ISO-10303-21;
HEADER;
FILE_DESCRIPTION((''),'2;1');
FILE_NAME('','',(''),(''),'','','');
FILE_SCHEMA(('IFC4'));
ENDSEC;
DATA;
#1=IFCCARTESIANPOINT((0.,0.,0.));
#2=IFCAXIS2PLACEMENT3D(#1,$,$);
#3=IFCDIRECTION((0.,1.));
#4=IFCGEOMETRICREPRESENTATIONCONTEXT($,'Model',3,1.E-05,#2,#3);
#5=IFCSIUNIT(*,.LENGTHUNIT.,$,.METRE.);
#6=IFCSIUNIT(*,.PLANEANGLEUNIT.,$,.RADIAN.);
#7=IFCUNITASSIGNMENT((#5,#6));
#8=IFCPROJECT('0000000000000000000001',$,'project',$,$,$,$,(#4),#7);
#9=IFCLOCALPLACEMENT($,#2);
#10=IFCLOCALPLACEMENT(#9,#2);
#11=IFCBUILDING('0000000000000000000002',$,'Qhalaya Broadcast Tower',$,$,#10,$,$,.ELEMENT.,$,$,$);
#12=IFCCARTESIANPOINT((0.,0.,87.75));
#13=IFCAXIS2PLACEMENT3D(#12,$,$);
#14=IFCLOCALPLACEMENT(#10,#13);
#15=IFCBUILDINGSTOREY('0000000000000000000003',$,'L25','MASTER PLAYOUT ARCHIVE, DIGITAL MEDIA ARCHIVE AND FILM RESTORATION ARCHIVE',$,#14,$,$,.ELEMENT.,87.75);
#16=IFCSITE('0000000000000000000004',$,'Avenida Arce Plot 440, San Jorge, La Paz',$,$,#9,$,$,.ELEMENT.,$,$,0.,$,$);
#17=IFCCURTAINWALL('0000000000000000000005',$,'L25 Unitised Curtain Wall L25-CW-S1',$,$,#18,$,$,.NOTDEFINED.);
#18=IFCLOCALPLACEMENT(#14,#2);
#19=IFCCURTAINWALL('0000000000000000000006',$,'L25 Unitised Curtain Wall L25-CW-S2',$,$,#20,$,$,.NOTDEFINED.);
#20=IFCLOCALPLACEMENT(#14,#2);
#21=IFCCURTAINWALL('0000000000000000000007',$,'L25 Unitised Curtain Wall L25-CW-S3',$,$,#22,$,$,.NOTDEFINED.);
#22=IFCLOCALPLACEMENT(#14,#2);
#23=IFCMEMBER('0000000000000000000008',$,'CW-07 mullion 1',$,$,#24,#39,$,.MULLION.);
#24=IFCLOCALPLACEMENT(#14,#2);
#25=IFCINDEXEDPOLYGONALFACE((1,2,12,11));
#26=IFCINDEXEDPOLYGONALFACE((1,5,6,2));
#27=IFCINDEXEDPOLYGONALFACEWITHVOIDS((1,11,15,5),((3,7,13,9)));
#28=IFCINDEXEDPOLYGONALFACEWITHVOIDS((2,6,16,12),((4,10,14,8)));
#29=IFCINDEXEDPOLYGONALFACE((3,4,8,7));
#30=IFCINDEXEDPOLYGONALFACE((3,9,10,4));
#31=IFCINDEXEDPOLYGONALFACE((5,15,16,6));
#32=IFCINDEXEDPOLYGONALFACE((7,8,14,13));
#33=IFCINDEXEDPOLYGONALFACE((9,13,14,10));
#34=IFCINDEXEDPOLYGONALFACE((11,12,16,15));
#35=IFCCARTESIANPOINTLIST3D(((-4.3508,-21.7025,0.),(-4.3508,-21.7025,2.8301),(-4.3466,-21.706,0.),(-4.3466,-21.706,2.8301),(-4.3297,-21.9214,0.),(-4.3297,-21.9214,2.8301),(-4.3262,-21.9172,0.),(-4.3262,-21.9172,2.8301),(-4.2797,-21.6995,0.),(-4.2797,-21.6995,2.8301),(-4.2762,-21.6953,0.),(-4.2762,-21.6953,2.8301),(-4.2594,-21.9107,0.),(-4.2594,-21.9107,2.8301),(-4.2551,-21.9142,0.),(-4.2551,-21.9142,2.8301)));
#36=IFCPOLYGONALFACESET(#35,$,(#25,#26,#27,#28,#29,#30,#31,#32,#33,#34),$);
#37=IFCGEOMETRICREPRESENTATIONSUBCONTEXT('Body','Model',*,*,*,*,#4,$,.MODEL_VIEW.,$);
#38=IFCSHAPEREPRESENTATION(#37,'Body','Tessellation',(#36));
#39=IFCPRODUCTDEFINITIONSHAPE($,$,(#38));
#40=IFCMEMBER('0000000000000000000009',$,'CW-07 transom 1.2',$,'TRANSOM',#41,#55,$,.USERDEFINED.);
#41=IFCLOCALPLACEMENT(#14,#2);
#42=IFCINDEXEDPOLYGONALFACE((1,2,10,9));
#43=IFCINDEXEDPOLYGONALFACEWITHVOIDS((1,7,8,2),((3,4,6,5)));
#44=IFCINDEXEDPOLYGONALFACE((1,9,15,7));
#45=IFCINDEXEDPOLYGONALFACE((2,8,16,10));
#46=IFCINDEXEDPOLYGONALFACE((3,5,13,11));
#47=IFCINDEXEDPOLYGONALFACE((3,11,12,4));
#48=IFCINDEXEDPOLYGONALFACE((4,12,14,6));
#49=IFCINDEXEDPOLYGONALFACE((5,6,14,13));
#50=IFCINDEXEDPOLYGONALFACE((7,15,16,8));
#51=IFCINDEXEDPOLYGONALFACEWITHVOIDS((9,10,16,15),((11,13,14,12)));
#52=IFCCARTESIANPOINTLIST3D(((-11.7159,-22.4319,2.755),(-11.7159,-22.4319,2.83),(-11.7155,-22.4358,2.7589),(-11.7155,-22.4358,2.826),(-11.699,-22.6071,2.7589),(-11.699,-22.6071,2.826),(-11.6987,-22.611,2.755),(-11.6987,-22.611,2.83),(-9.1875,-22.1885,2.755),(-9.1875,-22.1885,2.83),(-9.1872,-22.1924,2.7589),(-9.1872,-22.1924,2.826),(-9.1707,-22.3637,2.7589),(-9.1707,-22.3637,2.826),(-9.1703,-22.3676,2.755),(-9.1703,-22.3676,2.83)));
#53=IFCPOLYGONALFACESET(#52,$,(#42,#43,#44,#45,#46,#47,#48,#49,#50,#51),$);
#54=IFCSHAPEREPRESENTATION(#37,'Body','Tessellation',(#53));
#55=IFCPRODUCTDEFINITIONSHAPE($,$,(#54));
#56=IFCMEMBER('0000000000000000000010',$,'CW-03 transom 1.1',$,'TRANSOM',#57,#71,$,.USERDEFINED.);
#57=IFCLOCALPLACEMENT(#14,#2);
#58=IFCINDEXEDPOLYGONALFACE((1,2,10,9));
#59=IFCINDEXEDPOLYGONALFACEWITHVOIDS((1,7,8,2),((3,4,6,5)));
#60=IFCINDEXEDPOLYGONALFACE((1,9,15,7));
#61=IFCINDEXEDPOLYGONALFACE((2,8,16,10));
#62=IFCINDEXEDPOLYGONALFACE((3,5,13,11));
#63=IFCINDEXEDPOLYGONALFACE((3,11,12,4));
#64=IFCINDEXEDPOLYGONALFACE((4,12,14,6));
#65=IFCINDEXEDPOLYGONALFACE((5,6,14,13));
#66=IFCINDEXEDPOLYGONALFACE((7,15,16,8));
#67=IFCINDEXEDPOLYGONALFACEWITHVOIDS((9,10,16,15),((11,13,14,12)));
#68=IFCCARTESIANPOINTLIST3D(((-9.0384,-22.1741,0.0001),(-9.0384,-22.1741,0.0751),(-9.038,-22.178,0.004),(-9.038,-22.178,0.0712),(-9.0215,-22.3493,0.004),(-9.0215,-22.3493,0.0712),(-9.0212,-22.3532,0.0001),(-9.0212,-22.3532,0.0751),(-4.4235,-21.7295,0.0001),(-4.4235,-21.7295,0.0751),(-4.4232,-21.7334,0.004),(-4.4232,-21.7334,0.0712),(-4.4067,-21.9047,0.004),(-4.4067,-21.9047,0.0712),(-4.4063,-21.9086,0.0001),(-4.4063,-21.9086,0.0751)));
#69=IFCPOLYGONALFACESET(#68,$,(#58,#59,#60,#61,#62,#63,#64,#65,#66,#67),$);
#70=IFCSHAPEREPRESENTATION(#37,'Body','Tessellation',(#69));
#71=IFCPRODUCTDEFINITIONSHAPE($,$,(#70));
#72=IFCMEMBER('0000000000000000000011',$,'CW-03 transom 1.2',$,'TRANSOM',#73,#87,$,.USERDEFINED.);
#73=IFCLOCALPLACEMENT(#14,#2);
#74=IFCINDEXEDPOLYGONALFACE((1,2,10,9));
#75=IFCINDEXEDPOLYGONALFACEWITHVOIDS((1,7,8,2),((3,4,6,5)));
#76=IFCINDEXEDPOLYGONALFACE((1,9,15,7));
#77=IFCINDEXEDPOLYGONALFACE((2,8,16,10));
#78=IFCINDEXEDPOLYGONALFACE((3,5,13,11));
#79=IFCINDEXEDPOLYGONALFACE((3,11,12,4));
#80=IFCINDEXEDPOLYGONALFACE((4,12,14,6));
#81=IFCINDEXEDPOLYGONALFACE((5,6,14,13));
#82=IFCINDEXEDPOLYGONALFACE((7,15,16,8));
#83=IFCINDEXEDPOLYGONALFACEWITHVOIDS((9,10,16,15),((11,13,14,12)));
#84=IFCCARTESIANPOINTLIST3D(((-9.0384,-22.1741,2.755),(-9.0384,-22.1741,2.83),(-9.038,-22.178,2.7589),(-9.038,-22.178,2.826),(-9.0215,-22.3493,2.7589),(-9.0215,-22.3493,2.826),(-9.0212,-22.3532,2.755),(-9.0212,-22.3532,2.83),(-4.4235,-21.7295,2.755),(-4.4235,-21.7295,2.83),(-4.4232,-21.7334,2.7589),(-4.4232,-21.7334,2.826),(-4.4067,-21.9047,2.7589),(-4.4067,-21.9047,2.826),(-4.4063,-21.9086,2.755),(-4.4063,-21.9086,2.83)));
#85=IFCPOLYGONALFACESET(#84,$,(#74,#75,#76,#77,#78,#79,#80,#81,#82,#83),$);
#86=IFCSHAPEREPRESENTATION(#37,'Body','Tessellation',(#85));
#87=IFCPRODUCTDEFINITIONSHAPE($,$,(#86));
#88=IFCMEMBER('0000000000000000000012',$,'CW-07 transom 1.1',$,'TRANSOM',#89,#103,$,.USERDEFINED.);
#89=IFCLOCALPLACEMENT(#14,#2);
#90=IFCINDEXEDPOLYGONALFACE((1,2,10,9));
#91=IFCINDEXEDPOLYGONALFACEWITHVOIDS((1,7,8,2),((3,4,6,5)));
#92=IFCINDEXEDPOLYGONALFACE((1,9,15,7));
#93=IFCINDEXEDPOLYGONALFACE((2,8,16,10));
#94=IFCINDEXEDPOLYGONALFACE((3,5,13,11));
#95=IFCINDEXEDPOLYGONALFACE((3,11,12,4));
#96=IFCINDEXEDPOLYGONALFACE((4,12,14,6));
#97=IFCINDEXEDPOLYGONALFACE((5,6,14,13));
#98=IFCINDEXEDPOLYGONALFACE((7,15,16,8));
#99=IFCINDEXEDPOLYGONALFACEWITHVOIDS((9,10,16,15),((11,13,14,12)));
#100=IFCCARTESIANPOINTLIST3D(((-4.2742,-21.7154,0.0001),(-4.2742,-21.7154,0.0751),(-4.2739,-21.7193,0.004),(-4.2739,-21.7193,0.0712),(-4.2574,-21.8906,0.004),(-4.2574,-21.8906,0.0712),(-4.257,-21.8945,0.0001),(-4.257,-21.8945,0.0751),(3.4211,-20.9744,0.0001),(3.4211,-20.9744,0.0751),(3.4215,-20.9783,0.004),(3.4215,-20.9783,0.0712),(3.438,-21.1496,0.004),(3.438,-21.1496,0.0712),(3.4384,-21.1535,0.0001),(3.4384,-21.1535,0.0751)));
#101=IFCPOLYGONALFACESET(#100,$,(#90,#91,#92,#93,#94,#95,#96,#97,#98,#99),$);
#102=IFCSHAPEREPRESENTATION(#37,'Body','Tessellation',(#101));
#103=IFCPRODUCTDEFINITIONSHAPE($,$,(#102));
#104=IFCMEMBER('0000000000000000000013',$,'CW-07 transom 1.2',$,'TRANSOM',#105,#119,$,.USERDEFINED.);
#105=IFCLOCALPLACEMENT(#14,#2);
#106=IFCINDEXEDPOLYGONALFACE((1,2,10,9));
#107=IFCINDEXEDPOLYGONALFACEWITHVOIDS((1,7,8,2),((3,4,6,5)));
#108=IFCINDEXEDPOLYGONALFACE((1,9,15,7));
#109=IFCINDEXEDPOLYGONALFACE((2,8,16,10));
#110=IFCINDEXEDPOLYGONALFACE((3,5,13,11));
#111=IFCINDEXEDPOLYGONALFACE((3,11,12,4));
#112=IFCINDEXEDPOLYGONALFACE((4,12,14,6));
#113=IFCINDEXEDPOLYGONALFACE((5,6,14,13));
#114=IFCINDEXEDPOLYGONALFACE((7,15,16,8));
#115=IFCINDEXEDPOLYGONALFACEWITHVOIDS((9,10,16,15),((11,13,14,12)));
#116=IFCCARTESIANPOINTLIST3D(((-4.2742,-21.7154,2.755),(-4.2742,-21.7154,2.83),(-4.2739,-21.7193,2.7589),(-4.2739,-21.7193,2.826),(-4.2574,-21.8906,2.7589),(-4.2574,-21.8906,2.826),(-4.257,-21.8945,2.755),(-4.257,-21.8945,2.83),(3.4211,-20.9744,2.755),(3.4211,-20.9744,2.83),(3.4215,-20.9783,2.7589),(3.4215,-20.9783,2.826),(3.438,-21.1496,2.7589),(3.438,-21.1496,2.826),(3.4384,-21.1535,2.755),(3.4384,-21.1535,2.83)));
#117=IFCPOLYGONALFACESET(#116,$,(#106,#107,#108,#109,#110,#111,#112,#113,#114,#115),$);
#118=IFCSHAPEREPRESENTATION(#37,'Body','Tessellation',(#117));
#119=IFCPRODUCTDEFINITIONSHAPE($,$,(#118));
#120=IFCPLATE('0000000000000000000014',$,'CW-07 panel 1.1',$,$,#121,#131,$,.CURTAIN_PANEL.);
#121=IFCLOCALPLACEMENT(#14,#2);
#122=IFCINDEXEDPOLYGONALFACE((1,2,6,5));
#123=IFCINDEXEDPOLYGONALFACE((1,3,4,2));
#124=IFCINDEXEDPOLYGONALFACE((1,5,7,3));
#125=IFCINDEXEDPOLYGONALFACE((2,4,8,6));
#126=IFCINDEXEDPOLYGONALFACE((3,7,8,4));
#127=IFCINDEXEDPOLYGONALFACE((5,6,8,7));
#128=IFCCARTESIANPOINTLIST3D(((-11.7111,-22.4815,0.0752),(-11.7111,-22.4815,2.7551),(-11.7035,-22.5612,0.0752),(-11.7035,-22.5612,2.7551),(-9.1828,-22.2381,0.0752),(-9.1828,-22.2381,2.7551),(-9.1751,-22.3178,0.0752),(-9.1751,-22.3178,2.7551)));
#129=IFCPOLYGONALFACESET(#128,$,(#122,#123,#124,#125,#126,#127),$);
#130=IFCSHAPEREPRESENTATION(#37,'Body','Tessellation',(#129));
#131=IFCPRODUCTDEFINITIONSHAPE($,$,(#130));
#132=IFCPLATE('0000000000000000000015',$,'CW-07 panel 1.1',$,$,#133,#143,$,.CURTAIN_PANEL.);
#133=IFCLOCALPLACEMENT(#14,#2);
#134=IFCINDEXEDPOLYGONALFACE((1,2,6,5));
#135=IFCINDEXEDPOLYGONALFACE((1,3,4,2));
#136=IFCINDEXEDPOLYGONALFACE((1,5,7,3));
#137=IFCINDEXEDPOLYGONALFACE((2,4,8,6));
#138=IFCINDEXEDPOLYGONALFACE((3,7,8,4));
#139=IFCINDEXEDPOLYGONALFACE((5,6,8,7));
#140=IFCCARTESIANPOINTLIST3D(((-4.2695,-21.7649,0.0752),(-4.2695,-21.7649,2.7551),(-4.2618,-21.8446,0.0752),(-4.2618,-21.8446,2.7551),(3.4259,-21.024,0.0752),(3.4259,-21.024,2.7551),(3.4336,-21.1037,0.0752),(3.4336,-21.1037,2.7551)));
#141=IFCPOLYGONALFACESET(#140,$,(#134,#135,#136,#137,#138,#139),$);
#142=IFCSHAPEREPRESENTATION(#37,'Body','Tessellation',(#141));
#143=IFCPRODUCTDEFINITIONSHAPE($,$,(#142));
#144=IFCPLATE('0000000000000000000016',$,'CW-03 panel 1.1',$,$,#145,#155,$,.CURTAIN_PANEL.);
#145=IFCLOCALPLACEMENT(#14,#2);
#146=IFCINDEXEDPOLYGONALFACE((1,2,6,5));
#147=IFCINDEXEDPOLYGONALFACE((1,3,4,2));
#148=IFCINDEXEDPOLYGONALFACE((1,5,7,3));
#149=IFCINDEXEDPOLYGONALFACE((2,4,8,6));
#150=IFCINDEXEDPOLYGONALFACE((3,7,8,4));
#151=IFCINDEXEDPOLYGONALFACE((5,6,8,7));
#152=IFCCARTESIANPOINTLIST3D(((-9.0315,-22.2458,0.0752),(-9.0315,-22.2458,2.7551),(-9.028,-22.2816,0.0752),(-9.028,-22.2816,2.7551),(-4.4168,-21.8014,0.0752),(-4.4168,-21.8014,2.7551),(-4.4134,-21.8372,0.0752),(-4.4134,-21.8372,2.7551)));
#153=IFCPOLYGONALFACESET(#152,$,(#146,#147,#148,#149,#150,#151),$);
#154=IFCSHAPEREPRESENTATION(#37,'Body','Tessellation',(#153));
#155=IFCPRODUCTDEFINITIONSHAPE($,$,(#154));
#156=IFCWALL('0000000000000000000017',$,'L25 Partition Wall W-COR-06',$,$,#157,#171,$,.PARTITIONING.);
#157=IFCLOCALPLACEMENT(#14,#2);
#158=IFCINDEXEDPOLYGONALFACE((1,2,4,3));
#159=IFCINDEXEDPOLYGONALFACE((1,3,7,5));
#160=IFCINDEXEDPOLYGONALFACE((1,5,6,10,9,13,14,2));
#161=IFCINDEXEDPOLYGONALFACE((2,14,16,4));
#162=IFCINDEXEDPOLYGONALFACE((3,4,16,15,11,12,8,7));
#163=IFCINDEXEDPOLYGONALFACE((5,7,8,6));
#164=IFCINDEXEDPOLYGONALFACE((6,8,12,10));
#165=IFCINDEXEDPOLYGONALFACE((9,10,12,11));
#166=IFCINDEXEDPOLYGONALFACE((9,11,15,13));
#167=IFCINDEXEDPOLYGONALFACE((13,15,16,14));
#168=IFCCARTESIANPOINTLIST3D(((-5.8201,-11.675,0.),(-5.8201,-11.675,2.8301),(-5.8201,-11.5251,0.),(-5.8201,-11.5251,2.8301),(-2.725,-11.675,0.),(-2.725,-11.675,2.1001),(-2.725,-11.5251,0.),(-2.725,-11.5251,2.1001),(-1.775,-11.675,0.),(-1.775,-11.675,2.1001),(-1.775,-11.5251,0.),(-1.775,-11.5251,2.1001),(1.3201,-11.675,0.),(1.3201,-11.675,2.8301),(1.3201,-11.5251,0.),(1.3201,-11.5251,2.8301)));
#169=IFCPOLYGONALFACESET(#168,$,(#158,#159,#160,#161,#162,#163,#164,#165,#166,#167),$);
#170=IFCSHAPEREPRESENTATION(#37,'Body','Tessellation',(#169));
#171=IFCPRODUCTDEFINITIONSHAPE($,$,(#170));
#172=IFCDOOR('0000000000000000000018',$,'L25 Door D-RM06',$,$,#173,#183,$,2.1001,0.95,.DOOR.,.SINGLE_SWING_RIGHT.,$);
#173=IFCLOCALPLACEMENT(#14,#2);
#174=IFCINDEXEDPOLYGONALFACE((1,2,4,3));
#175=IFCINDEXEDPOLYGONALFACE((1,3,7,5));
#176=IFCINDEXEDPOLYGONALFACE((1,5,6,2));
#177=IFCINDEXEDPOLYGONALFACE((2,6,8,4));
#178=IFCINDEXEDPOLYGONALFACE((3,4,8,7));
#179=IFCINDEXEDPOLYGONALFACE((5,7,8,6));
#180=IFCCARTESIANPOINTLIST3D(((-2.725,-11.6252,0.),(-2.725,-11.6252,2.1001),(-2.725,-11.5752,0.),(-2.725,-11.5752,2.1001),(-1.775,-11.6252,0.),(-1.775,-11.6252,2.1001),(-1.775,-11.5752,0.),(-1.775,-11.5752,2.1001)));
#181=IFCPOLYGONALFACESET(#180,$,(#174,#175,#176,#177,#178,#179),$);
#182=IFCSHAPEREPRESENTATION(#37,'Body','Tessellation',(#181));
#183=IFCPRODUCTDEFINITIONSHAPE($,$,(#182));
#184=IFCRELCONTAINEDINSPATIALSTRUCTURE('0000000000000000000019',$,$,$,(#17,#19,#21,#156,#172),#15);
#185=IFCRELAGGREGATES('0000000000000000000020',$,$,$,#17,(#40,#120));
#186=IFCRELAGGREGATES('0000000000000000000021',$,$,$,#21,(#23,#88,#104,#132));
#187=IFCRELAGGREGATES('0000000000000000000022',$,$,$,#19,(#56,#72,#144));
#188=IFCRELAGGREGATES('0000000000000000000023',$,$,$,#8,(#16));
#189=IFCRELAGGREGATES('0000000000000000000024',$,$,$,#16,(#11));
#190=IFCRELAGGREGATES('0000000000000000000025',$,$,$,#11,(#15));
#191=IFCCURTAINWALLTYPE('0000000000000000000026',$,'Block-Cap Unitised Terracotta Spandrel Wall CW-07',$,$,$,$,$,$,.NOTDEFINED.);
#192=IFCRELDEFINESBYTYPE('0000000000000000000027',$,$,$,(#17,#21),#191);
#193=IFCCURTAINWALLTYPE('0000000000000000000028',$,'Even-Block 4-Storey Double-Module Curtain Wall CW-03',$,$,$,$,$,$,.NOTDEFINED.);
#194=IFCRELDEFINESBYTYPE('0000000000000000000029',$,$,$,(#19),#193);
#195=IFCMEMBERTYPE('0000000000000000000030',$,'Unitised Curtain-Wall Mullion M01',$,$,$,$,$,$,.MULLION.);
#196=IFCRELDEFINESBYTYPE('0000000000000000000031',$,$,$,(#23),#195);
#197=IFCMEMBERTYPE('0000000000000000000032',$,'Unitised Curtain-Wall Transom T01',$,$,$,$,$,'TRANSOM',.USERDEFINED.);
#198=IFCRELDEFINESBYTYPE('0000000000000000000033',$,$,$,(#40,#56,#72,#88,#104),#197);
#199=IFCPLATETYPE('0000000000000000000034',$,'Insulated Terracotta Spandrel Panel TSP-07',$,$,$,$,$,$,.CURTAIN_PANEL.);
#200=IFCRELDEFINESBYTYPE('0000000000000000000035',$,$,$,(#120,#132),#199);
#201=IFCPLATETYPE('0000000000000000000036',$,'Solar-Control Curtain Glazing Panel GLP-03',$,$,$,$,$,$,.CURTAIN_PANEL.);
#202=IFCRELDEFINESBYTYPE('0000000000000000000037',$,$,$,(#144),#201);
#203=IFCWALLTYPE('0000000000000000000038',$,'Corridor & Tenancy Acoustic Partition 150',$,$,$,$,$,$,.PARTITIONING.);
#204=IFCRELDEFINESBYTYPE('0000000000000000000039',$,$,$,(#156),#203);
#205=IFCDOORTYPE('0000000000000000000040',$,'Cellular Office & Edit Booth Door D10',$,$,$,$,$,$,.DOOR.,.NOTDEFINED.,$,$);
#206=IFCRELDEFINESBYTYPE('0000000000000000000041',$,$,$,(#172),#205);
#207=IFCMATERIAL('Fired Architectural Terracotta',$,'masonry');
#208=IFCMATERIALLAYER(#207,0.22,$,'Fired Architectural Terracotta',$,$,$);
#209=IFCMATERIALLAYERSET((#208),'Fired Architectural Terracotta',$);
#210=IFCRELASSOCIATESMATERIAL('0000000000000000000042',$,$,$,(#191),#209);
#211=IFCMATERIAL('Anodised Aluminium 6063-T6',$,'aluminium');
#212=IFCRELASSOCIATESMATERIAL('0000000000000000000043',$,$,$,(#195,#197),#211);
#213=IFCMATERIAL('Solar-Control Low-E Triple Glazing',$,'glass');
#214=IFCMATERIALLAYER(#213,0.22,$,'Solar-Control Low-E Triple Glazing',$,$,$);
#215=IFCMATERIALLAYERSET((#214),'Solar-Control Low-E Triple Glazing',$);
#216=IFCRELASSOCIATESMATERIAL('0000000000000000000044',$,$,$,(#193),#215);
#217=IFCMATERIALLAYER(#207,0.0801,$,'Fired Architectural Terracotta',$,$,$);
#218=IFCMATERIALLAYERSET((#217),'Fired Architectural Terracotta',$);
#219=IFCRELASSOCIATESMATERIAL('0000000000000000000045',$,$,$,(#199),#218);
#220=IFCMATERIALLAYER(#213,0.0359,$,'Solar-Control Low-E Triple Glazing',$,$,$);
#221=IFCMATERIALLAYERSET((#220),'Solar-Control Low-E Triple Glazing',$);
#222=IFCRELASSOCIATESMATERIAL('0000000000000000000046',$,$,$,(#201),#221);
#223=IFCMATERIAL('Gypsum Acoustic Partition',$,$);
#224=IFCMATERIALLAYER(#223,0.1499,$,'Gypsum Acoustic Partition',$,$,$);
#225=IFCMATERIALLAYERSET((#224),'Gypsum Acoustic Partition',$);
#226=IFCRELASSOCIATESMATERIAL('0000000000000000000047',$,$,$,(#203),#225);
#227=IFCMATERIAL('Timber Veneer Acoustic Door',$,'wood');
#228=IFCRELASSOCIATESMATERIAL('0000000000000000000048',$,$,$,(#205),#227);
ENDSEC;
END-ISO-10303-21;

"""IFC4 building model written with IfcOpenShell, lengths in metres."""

from ifc_helpers import new_model, si_unit, direction, frame, frame_2d, origin, origin_2d, place, context, subcontext, project, spatial, rectangle, hollow_rectangle, extrude, material, layer, layer_set, material_profile, profile_set, type_object, element, fill, aggregate, save


model = new_model("IFC4")

# Units and contexts
model_context = context("Model", 3, precision=1e-05, world=origin(), true_north=direction((0.0, 1.0)))
body_context = subcontext(model_context, "Body", "Model", "MODEL_VIEW")
ifc_project = project(units=[si_unit("LENGTHUNIT", "METRE"), si_unit("PLANEANGLEUNIT", "RADIAN")], contexts=[model_context])

# Site, building, storey
site_placement = place(None, origin())
site = spatial("IfcSite", under=ifc_project, at=site_placement, Name="Avenida Arce Plot 440, San Jorge, La Paz", CompositionType="ELEMENT", RefElevation=0.0)
building_placement = place(site_placement, origin())
building = spatial("IfcBuilding", under=site, at=building_placement, Name="Qhalaya Broadcast Tower", CompositionType="ELEMENT")
storey_placement = place(building_placement, frame((0.0, 0.0, 87.75)))
storey = spatial("IfcBuildingStorey", under=building, at=storey_placement, Name="L25", Description="MASTER PLAYOUT ARCHIVE, DIGITAL MEDIA ARCHIVE AND FILM RESTORATION ARCHIVE", CompositionType="ELEMENT", Elevation=87.75)

# Curtain wall
ifc_material_1 = material(Name="Fired Architectural Terracotta", Category="masonry")
ifc_layer_1 = layer(ifc_material_1, 0.22, Name="Fired Architectural Terracotta")
ifc_layer_set_1 = layer_set([ifc_layer_1], Name="Fired Architectural Terracotta")
curtain_wall_type_1 = type_object("IfcCurtainWallType", Name="Block-Cap Unitised Terracotta Spandrel Wall CW-07", PredefinedType="NOTDEFINED", material=ifc_layer_set_1)
curtain_wall_1_placement = place(storey_placement, origin())
curtain_wall_1 = element("IfcCurtainWall", 1, at=curtain_wall_1_placement, inside=storey, type_object=curtain_wall_type_1, Name="L25 Unitised Curtain Wall L25-CW-S1", PredefinedType="NOTDEFINED")
ifc_material_2 = material(Name="Anodised Aluminium 6063-T6", Category="aluminium")
ifc_material_profile_1 = material_profile(ifc_material_2, hollow_rectangle(XDim=0.075, YDim=0.22, WallThickness=0.0039, at=origin_2d()), Name="ALU-MUL 75x220x4")
ifc_profile_set_1 = profile_set([ifc_material_profile_1], Name="Anodised Aluminium 6063-T6")
member_type_1 = type_object("IfcMemberType", Name="Unitised Curtain-Wall Mullion M01", PredefinedType="MULLION", material=ifc_profile_set_1)

# Curtain wall
ifc_material_3 = material(Name="Solar-Control Low-E Triple Glazing", Category="glass")
ifc_layer_2 = layer(ifc_material_3, 0.22, Name="Solar-Control Low-E Triple Glazing")
ifc_layer_set_2 = layer_set([ifc_layer_2], Name="Solar-Control Low-E Triple Glazing")
curtain_wall_type_2 = type_object("IfcCurtainWallType", Name="Even-Block 4-Storey Double-Module Curtain Wall CW-03", PredefinedType="NOTDEFINED", material=ifc_layer_set_2)
curtain_wall_2_placement = place(storey_placement, origin())
curtain_wall_2 = element("IfcCurtainWall", 2, at=curtain_wall_2_placement, inside=storey, type_object=curtain_wall_type_2, Name="L25 Unitised Curtain Wall L25-CW-S2", PredefinedType="NOTDEFINED")

# Curtain wall, member
curtain_wall_3_placement = place(storey_placement, origin())
curtain_wall_3 = element("IfcCurtainWall", 3, at=curtain_wall_3_placement, inside=storey, type_object=curtain_wall_type_1, Name="L25 Unitised Curtain Wall L25-CW-S3", PredefinedType="NOTDEFINED")
member_1_placement = place(storey_placement, frame((-4.303, -21.8083, 0.0), z_axis=(0.0, 0.0, 1.0), x_axis=(0.995397, 0.095838, 0.0)))
member_1 = element("IfcMember", 4, at=member_1_placement, type_object=member_type_1, Name="CW-07 mullion 1", PredefinedType="MULLION", context=body_context, shape_type="SweptSolid", body=[
    extrude(hollow_rectangle(XDim=0.075, YDim=0.22, WallThickness=0.0039, at=origin_2d()), origin(), (0.0, 0.0, 1.0), 2.8301),
])

# Members
ifc_material_profile_2 = material_profile(ifc_material_2, hollow_rectangle(XDim=0.075, YDim=0.1799, WallThickness=0.0039, at=origin_2d()), Name="ALU-TRN 75x180x4")
ifc_profile_set_2 = profile_set([ifc_material_profile_2], Name="Anodised Aluminium 6063-T6")
member_type_2 = type_object("IfcMemberType", Name="Unitised Curtain-Wall Transom T01", ElementType="TRANSOM", PredefinedType="USERDEFINED", material=ifc_profile_set_2)
member_2_placement = place(storey_placement, frame((-11.7073, -22.5215, 2.7925), z_axis=(0.995398, 0.09583, 0.0), x_axis=(0.0, 0.0, 1.0)))
member_2 = element("IfcMember", 5, at=member_2_placement, type_object=member_type_2, Name="CW-07 transom 1.2", ObjectType="TRANSOM", PredefinedType="USERDEFINED", context=body_context, shape_type="SweptSolid", body=[
    extrude(hollow_rectangle(XDim=0.075, YDim=0.1799, WallThickness=0.0039, at=origin_2d()), origin(), (0.0, 0.0, 1.0), 2.54),
])
member_3_placement = place(storey_placement, frame((-9.0298, -22.2637, 0.0376), z_axis=(0.995391, 0.095895, 0.0), x_axis=(0.0, 0.0, 1.0)))
member_3 = element("IfcMember", 6, at=member_3_placement, type_object=member_type_2, Name="CW-03 transom 1.1", ObjectType="TRANSOM", PredefinedType="USERDEFINED", context=body_context, shape_type="SweptSolid", body=[
    extrude(hollow_rectangle(XDim=0.075, YDim=0.1799, WallThickness=0.0039, at=origin_2d()), origin(), (0.0, 0.0, 1.0), 4.6362),
])
member_4_placement = place(storey_placement, frame((-9.0298, -22.2637, 2.7925), z_axis=(0.995391, 0.095895, 0.0), x_axis=(0.0, 0.0, 1.0)))
member_4 = element("IfcMember", 7, at=member_4_placement, type_object=member_type_2, Name="CW-03 transom 1.2", ObjectType="TRANSOM", PredefinedType="USERDEFINED", context=body_context, shape_type="SweptSolid", body=[
    extrude(hollow_rectangle(XDim=0.075, YDim=0.1799, WallThickness=0.0039, at=origin_2d()), origin(), (0.0, 0.0, 1.0), 4.6362),
])
member_5_placement = place(storey_placement, frame((-4.2656, -21.8049, 0.0376), z_axis=(0.995396, 0.095845, 0.0), x_axis=(0.0, 0.0, 1.0)))
member_5 = element("IfcMember", 8, at=member_5_placement, type_object=member_type_2, Name="CW-07 transom 1.1", ObjectType="TRANSOM", PredefinedType="USERDEFINED", context=body_context, shape_type="SweptSolid", body=[
    extrude(hollow_rectangle(XDim=0.075, YDim=0.1799, WallThickness=0.0039, at=origin_2d()), origin(), (0.0, 0.0, 1.0), 7.731),
])
member_6_placement = place(storey_placement, frame((-4.2656, -21.8049, 2.7925), z_axis=(0.995396, 0.095845, 0.0), x_axis=(0.0, 0.0, 1.0)))
member_6 = element("IfcMember", 9, at=member_6_placement, type_object=member_type_2, Name="CW-07 transom 1.2", ObjectType="TRANSOM", PredefinedType="USERDEFINED", context=body_context, shape_type="SweptSolid", body=[
    extrude(hollow_rectangle(XDim=0.075, YDim=0.1799, WallThickness=0.0039, at=origin_2d()), origin(), (0.0, 0.0, 1.0), 7.731),
])

# Plates
ifc_layer_3 = layer(ifc_material_1, 0.0801, Name="Fired Architectural Terracotta")
ifc_layer_set_3 = layer_set([ifc_layer_3], Name="Fired Architectural Terracotta")
plate_type_1 = type_object("IfcPlateType", Name="Insulated Terracotta Spandrel Panel TSP-07", PredefinedType="CURTAIN_PANEL", material=ifc_layer_set_3)
plate_1_placement = place(storey_placement, frame((-10.4431, -22.3997, 0.0752), z_axis=(0.0, 0.0, 1.0), x_axis=(0.995397, 0.095837, 0.0)))
plate_1 = element("IfcPlate", 10, at=plate_1_placement, type_object=plate_type_1, Name="CW-07 panel 1.1", PredefinedType="CURTAIN_PANEL", context=body_context, shape_type="SweptSolid", body=[
    extrude(rectangle(XDim=2.54, YDim=0.0801, at=origin_2d()), origin(), (0.0, 0.0, 1.0), 2.6799),
])
aggregate(curtain_wall_1, [member_2, plate_1])
plate_2_placement = place(storey_placement, frame((-0.418, -21.4343, 0.0752), z_axis=(0.0, 0.0, 1.0), x_axis=(0.995397, 0.095838, 0.0)))
plate_2 = element("IfcPlate", 11, at=plate_2_placement, type_object=plate_type_1, Name="CW-07 panel 1.1", PredefinedType="CURTAIN_PANEL", context=body_context, shape_type="SweptSolid", body=[
    extrude(rectangle(XDim=7.731, YDim=0.0801, at=origin_2d()), origin(), (0.0, 0.0, 1.0), 2.6799),
])
aggregate(curtain_wall_3, [member_1, member_5, member_6, plate_2])
ifc_layer_4 = layer(ifc_material_3, 0.0359, Name="Solar-Control Low-E Triple Glazing")
ifc_layer_set_4 = layer_set([ifc_layer_4], Name="Solar-Control Low-E Triple Glazing")
plate_type_2 = type_object("IfcPlateType", Name="Solar-Control Curtain Glazing Panel GLP-03", PredefinedType="CURTAIN_PANEL", material=ifc_layer_set_4)
plate_3_placement = place(storey_placement, frame((-6.7224, -22.0415, 0.0752), z_axis=(0.0, 0.0, 1.0), x_axis=(0.995395, 0.095862, 0.0)))
plate_3 = element("IfcPlate", 12, at=plate_3_placement, type_object=plate_type_2, Name="CW-03 panel 1.1", PredefinedType="CURTAIN_PANEL", context=body_context, shape_type="SweptSolid", body=[
    extrude(rectangle(XDim=4.636, YDim=0.0359, at=origin_2d()), origin(), (0.0, 0.0, 1.0), 2.6799),
])
aggregate(curtain_wall_2, [member_3, member_4, plate_3])

# Wall, opening, door
ifc_material_4 = material(Name="Gypsum Acoustic Partition")
ifc_layer_5 = layer(ifc_material_4, 0.1499, Name="Gypsum Acoustic Partition")
ifc_layer_set_5 = layer_set([ifc_layer_5], Name="Gypsum Acoustic Partition")
wall_type_1 = type_object("IfcWallType", Name="Corridor & Tenancy Acoustic Partition 150", PredefinedType="PARTITIONING", material=ifc_layer_set_5)
wall_1_placement = place(storey_placement, frame((-5.8201, -11.6001, 0.0), z_axis=(0.0, 0.0, 1.0), x_axis=(1.0, 0.0, 0.0)))
wall_1 = element("IfcWall", 13, at=wall_1_placement, inside=storey, type_object=wall_type_1, Name="L25 Partition Wall W-COR-06", PredefinedType="PARTITIONING", context=body_context, shape_type="SweptSolid", body=[
    extrude(rectangle(XDim=7.1401, YDim=0.1499, at=frame_2d((3.5701, 0.0))), origin(), (0.0, 0.0, 1.0), 2.8301),
])
opening_placement = place(wall_1_placement, frame((3.095, 0.0, 0.0)))
opening = element("IfcOpeningElement", 14, at=opening_placement, cuts=wall_1, PredefinedType="OPENING", context=body_context, shape_type="SweptSolid", body=[
    extrude(rectangle(XDim=0.95, YDim=2.1001, at=frame_2d((0.4751, 1.05))), frame((0.0, 0.0869, 0.0), z_axis=(0.0, -1.0, 0.0), x_axis=(1.0, 0.0, 0.0)), (0.0, 0.0, 1.0), 0.1738),
])
ifc_material_5 = material(Name="Timber Veneer Acoustic Door", Category="wood")
door_type = type_object("IfcDoorType", Name="Cellular Office & Edit Booth Door D10", OperationType="NOTDEFINED", PredefinedType="DOOR", material=ifc_material_5)
door_placement = place(opening_placement, origin())
door = element("IfcDoor", 15, at=door_placement, inside=storey, type_object=door_type, Name="L25 Door D-RM06", OperationType="SINGLE_SWING_RIGHT", OverallHeight=2.1001, OverallWidth=0.95, PredefinedType="DOOR", context=body_context, shape_type="SweptSolid", body=[
    extrude(rectangle(XDim=0.95, YDim=2.1001, at=frame_2d((0.4751, 1.05))), frame((0.0, 0.0249, 0.0), z_axis=(0.0, -1.0, 0.0), x_axis=(1.0, 0.0, 0.0)), (0.0, 0.0, 1.0), 0.05),
])
fill(opening, door)

save(model, "model.ifc")
